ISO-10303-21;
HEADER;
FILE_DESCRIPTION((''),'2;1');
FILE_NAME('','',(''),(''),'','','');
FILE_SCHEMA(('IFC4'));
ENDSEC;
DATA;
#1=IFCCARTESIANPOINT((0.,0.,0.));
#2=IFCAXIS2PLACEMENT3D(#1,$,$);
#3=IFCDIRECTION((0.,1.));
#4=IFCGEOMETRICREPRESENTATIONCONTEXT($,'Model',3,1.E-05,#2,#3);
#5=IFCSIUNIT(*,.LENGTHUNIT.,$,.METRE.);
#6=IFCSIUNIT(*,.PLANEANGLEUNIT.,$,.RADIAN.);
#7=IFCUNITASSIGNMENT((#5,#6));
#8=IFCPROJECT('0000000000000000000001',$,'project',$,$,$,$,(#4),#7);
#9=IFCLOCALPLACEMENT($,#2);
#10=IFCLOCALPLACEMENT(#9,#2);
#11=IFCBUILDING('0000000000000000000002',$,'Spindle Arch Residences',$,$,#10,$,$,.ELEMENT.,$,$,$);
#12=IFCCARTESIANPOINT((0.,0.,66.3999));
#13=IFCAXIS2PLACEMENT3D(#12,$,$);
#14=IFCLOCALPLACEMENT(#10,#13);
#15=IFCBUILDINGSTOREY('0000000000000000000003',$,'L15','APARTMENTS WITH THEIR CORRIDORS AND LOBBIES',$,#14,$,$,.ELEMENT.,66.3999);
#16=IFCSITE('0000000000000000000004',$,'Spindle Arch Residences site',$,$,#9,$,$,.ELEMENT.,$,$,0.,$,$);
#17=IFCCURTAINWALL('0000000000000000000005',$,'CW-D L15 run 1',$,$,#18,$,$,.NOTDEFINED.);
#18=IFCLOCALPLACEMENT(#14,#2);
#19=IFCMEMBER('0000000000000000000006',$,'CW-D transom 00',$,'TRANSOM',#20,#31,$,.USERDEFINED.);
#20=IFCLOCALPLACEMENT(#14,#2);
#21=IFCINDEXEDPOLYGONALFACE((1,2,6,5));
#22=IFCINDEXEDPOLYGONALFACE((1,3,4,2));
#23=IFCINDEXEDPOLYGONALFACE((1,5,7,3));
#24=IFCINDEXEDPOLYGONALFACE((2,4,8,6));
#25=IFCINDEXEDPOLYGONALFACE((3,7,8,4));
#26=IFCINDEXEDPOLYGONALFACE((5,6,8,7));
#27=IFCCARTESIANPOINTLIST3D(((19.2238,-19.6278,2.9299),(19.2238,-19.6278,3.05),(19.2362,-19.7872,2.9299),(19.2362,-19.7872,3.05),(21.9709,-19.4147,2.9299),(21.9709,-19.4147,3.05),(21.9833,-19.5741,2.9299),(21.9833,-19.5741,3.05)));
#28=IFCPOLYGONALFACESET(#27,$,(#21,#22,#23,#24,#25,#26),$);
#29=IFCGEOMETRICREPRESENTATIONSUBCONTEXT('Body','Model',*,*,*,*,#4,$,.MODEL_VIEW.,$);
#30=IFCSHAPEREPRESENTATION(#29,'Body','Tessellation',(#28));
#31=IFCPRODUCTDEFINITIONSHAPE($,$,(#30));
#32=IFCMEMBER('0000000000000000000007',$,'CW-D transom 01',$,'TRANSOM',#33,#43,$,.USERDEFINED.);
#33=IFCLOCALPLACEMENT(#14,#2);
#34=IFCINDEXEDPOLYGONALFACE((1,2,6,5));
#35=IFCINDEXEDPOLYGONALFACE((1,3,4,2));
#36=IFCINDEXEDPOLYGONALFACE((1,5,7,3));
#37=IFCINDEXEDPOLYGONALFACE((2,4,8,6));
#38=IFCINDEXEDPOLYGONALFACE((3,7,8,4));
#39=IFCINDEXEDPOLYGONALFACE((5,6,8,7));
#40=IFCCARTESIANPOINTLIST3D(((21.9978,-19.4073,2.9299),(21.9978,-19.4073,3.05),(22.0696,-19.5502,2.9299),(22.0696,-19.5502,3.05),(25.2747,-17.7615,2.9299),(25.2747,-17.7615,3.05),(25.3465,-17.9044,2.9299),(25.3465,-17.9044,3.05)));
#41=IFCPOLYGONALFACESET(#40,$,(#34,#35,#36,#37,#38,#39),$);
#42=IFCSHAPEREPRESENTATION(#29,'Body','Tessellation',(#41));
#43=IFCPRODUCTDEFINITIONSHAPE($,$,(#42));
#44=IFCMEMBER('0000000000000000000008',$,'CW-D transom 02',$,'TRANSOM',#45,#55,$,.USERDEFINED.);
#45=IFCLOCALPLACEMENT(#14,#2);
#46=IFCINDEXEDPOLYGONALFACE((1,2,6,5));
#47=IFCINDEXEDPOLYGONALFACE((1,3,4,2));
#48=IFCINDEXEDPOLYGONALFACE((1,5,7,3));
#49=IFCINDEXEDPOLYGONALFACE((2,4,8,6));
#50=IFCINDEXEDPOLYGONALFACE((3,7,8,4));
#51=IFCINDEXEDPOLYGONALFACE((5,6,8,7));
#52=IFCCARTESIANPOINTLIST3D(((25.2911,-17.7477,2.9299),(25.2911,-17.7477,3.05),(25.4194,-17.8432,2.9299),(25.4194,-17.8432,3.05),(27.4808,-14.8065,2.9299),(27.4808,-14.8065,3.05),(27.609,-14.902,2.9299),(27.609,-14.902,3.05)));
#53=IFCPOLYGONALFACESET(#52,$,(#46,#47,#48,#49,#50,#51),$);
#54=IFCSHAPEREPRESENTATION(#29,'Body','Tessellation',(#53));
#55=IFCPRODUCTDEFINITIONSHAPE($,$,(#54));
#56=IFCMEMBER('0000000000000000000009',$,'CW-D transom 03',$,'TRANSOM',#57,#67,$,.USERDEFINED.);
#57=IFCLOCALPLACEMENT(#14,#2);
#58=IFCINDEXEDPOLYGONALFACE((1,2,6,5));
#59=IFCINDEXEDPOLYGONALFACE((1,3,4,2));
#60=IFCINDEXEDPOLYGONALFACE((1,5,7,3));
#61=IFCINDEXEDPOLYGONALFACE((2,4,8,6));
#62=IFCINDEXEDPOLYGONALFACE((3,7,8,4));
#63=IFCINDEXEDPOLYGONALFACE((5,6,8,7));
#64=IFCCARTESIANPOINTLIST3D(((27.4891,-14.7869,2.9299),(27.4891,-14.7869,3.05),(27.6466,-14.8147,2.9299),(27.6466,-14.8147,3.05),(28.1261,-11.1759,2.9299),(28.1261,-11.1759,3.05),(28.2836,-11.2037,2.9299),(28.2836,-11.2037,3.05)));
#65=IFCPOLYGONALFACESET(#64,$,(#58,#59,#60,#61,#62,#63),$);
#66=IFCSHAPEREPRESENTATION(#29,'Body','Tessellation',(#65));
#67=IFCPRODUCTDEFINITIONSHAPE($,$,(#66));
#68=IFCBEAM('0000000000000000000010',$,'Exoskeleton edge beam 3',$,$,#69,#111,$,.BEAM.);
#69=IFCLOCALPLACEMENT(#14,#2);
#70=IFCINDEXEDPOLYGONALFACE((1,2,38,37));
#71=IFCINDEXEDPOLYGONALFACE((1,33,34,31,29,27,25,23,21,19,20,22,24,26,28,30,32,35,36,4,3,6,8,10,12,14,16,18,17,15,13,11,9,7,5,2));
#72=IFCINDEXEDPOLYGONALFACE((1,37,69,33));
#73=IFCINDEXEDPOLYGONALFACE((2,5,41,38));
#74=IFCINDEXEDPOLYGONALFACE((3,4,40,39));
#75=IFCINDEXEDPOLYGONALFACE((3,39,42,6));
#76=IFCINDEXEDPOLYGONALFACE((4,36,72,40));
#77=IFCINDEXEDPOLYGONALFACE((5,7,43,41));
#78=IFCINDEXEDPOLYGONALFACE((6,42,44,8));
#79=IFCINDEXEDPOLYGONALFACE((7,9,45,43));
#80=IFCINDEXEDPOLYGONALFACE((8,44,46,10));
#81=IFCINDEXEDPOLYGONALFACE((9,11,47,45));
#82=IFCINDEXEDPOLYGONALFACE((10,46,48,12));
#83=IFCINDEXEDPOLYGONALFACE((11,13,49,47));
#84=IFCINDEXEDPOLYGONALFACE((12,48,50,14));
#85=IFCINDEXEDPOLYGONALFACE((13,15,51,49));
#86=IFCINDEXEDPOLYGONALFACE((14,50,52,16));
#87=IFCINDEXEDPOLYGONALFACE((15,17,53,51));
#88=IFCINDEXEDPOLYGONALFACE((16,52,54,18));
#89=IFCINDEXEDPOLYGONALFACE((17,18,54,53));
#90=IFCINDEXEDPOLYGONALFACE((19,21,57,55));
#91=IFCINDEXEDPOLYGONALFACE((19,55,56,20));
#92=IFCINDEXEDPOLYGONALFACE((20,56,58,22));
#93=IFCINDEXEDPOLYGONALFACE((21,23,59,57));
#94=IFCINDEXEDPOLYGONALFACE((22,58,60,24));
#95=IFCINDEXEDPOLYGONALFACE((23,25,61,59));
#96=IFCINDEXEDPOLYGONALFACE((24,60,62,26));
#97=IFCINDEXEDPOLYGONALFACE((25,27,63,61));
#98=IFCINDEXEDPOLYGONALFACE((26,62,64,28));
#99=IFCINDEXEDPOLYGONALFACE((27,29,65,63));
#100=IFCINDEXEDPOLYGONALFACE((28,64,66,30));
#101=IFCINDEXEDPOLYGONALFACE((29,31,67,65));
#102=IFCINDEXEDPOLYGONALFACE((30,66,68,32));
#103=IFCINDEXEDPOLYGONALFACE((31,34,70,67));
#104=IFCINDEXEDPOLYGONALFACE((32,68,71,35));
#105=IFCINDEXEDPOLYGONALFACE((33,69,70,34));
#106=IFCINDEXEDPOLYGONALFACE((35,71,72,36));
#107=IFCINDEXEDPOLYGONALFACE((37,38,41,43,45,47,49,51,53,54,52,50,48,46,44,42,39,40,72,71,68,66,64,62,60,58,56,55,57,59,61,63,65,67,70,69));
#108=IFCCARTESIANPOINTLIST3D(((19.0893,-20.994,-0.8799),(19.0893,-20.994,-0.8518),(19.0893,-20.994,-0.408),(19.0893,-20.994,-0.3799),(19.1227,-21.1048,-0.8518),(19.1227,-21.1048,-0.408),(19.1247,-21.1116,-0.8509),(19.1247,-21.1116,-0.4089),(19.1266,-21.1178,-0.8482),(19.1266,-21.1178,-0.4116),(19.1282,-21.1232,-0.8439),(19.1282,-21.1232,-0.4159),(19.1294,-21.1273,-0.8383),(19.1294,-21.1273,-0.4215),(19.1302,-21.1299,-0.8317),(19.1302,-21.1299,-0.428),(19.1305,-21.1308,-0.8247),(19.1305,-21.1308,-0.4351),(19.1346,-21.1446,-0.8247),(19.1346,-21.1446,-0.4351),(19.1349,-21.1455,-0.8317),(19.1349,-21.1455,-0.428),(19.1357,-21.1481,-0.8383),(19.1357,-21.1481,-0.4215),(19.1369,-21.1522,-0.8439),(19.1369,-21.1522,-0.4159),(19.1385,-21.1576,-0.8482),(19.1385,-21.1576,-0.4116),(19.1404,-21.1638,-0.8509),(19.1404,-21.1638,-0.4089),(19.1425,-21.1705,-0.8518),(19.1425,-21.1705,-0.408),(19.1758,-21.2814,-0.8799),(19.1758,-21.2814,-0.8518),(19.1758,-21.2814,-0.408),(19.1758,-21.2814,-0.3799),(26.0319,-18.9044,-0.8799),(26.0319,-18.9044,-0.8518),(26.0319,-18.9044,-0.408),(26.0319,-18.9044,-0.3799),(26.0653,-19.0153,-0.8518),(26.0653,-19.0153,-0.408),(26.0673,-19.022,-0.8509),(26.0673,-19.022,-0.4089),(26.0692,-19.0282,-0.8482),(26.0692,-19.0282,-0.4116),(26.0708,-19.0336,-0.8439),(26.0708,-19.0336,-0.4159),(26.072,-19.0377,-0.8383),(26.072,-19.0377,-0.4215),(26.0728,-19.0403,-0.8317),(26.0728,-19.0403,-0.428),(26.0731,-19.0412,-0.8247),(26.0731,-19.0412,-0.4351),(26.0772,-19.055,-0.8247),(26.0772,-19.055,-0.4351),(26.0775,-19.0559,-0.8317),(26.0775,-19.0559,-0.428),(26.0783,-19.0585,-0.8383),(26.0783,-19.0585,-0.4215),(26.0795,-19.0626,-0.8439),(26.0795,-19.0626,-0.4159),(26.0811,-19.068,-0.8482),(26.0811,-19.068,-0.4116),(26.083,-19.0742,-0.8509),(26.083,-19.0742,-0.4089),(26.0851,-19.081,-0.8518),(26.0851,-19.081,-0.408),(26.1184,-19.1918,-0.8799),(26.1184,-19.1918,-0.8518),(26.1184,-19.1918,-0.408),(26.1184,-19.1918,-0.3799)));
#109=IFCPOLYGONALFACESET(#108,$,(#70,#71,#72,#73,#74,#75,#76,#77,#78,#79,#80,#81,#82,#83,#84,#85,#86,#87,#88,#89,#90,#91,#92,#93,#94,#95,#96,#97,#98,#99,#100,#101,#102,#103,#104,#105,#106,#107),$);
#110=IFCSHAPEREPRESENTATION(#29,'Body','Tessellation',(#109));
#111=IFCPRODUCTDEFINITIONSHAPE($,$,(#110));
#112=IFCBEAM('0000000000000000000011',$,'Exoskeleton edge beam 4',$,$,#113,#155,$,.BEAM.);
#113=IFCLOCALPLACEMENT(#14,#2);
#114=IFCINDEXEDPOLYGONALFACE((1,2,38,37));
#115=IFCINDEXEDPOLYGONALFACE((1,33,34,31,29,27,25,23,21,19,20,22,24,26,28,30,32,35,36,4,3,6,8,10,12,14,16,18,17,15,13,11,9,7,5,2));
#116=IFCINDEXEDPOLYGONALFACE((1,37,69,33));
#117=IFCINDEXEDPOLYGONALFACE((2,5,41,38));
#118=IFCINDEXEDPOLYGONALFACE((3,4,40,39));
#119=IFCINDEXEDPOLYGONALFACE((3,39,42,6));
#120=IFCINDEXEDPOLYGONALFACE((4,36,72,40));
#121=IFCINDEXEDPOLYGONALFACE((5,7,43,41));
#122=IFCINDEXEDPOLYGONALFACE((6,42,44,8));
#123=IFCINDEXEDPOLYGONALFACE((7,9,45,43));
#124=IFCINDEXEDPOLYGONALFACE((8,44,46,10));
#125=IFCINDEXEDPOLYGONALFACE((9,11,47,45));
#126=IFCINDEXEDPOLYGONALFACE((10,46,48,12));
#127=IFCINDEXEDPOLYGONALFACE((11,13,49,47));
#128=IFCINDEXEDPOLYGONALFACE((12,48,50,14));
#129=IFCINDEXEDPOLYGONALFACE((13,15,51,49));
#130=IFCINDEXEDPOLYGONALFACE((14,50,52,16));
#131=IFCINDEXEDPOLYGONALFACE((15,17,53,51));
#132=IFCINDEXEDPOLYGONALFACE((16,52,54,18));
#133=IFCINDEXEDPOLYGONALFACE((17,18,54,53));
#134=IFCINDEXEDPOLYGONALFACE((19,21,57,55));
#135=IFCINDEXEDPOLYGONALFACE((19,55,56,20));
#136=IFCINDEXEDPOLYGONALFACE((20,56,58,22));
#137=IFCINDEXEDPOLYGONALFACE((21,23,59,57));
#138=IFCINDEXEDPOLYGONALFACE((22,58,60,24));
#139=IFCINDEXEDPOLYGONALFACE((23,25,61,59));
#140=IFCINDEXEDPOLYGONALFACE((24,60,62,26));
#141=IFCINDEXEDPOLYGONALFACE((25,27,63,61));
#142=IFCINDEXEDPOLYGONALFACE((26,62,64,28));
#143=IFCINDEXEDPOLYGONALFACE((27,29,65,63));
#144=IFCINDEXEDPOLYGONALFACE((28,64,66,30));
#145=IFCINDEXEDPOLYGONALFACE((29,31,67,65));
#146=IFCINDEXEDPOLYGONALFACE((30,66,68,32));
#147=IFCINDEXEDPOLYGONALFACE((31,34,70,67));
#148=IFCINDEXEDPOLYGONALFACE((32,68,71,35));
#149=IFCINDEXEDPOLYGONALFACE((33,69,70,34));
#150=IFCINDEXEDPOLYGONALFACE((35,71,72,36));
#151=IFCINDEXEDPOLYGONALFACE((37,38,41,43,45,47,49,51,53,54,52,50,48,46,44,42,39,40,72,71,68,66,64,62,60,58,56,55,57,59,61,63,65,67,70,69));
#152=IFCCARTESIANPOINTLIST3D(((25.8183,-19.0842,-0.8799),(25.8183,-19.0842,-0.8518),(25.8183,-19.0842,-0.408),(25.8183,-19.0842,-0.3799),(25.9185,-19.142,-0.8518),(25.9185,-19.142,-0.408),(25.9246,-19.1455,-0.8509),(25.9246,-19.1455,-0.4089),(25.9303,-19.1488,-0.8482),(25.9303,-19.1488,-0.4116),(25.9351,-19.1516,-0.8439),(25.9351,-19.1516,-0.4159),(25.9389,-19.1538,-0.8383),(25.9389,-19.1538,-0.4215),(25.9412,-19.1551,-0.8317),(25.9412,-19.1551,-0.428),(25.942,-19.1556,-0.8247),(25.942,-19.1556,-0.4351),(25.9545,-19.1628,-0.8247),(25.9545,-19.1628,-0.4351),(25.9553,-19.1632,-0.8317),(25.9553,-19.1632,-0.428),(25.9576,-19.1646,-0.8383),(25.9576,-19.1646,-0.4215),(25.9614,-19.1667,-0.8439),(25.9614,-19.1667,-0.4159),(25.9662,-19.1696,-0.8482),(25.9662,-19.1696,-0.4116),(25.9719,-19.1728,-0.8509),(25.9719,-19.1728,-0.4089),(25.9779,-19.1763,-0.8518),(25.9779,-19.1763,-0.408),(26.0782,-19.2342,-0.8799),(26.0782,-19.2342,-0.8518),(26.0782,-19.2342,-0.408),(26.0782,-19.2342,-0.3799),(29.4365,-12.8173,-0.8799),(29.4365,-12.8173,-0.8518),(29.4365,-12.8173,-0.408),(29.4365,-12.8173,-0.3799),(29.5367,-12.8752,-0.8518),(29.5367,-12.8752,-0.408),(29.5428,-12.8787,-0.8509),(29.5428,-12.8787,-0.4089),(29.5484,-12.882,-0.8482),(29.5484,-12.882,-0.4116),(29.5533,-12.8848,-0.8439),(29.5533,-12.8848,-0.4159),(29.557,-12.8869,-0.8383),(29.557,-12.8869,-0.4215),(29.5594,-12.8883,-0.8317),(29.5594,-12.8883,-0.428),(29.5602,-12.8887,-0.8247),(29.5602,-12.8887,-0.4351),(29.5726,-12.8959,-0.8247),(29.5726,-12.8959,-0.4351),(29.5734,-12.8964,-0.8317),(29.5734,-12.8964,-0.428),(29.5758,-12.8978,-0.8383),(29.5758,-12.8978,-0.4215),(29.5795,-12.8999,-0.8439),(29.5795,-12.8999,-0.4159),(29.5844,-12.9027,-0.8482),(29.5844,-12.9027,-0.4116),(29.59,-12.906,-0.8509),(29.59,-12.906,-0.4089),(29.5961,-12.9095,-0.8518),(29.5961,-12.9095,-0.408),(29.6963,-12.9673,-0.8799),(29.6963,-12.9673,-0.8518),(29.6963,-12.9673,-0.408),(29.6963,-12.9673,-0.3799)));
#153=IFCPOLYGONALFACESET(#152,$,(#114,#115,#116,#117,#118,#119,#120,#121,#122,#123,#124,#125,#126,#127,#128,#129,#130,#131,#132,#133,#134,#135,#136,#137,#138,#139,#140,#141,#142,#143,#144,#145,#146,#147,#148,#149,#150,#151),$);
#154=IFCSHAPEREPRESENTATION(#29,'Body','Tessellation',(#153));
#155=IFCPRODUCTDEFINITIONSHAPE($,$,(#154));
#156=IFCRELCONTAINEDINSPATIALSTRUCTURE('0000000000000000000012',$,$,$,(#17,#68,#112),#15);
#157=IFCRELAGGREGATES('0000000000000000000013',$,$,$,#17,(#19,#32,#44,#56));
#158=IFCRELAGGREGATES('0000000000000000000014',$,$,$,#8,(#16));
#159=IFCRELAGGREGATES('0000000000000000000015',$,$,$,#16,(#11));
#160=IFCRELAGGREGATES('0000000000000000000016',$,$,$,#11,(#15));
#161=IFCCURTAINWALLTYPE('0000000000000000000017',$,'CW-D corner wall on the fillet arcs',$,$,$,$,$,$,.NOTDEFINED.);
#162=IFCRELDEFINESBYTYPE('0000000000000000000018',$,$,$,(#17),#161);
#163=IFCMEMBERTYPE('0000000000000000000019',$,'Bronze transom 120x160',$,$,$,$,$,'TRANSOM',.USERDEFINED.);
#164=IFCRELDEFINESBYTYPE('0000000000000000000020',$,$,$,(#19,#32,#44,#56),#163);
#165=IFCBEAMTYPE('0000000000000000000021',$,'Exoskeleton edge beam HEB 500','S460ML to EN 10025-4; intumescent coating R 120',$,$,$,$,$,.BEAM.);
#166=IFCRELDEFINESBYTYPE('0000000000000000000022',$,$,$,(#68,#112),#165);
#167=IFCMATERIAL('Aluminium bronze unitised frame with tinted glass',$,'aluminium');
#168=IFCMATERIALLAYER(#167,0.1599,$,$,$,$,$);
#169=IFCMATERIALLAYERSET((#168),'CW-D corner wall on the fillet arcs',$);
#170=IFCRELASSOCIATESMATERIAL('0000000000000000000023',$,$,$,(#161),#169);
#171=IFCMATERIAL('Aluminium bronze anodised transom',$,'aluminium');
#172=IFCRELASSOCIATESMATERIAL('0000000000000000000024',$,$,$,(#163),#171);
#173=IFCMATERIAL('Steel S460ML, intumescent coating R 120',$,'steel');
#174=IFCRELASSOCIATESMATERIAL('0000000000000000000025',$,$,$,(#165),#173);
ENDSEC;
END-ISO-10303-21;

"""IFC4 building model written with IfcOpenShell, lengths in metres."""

from ifc_helpers import new_model, si_unit, direction, frame, origin, origin_2d, place, context, subcontext, project, spatial, rectangle, i_section, extrude, material, layer, layer_set, material_profile, profile_set, type_object, element, aggregate, save


model = new_model("IFC4")

# Units and contexts
model_context = context("Model", 3, precision=1e-05, world=origin(), true_north=direction((0.0, 1.0)))
body_context = subcontext(model_context, "Body", "Model", "MODEL_VIEW")
ifc_project = project(units=[si_unit("LENGTHUNIT", "METRE"), si_unit("PLANEANGLEUNIT", "RADIAN")], contexts=[model_context])

# Site, building, storey
site_placement = place(None, origin())
site = spatial("IfcSite", under=ifc_project, at=site_placement, Name="Spindle Arch Residences site", CompositionType="ELEMENT", RefElevation=0.0)
building_placement = place(site_placement, origin())
building = spatial("IfcBuilding", under=site, at=building_placement, Name="Spindle Arch Residences", CompositionType="ELEMENT")
storey_placement = place(building_placement, frame((0.0, 0.0, 66.3999)))
storey = spatial("IfcBuildingStorey", under=building, at=storey_placement, Name="L15", Description="APARTMENTS WITH THEIR CORRIDORS AND LOBBIES", CompositionType="ELEMENT", Elevation=66.3999)

# Curtain wall, members
ifc_material_1 = material(Name="Aluminium bronze unitised frame with tinted glass", Category="aluminium")
ifc_layer_1 = layer(ifc_material_1, 0.1599)
ifc_layer_set_1 = layer_set([ifc_layer_1], Name="CW-D corner wall on the fillet arcs")
curtain_wall_type = type_object("IfcCurtainWallType", Name="CW-D corner wall on the fillet arcs", PredefinedType="NOTDEFINED", material=ifc_layer_set_1)
curtain_wall_placement = place(storey_placement, origin())
curtain_wall = element("IfcCurtainWall", 1, at=curtain_wall_placement, inside=storey, type_object=curtain_wall_type, Name="CW-D L15 run 1", PredefinedType="NOTDEFINED")
ifc_material_2 = material(Name="Aluminium bronze anodised transom", Category="aluminium")
ifc_material_profile_1 = material_profile(ifc_material_2, rectangle(XDim=0.1599, YDim=0.1201, at=origin_2d()), Name="TR 120x160")
ifc_profile_set_1 = profile_set([ifc_material_profile_1], Name="Aluminium bronze anodised transom")
member_type_1 = type_object("IfcMemberType", Name="Bronze transom 120x160", ElementType="TRANSOM", PredefinedType="USERDEFINED", material=ifc_profile_set_1)
member_1_placement = place(storey_placement, frame((19.23, -19.7075, 2.99), z_axis=(0.997004, 0.077354, 0.0), x_axis=(-0.077354, 0.997004, 0.0)))
member_1 = element("IfcMember", 2, at=member_1_placement, type_object=member_type_1, Name="CW-D transom 00", ObjectType="TRANSOM", PredefinedType="USERDEFINED", context=body_context, shape_type="SweptSolid", body=[
    extrude(rectangle(XDim=0.1599, YDim=0.1201, at=origin_2d()), origin(), (0.0, 0.0, 1.0), 2.7554),
])
member_2_placement = place(storey_placement, frame((22.0337, -19.4788, 2.99), z_axis=(0.893627, 0.448811, 0.0), x_axis=(-0.448811, 0.893627, 0.0)))
member_2 = element("IfcMember", 3, at=member_2_placement, type_object=member_type_1, Name="CW-D transom 01", ObjectType="TRANSOM", PredefinedType="USERDEFINED", context=body_context, shape_type="SweptSolid", body=[
    extrude(rectangle(XDim=0.1599, YDim=0.1201, at=origin_2d()), origin(), (0.0, 0.0, 1.0), 3.667),
])
member_3_placement = place(storey_placement, frame((25.3552, -17.7954, 2.99), z_axis=(0.597173, 0.802112, 0.0), x_axis=(-0.802112, 0.597173, 0.0)))
member_3 = element("IfcMember", 4, at=member_3_placement, type_object=member_type_1, Name="CW-D transom 02", ObjectType="TRANSOM", PredefinedType="USERDEFINED", context=body_context, shape_type="SweptSolid", body=[
    extrude(rectangle(XDim=0.1599, YDim=0.1201, at=origin_2d()), origin(), (0.0, 0.0, 1.0), 3.6667),
])
member_4_placement = place(storey_placement, frame((27.5679, -14.8008, 2.99), z_axis=(0.173709, 0.984797, 0.0), x_axis=(-0.984797, 0.173709, 0.0)))
member_4 = element("IfcMember", 5, at=member_4_placement, type_object=member_type_1, Name="CW-D transom 03", ObjectType="TRANSOM", PredefinedType="USERDEFINED", context=body_context, shape_type="SweptSolid", body=[
    extrude(rectangle(XDim=0.1599, YDim=0.1201, at=origin_2d()), origin(), (0.0, 0.0, 1.0), 3.6667),
])

# Beams
ifc_material_3 = material(Name="Steel S460ML, intumescent coating R 120", Category="steel")
ifc_material_profile_2 = material_profile(ifc_material_3, i_section(OverallWidth=0.3, OverallDepth=0.5, WebThickness=0.0144, FlangeThickness=0.0281, FilletRadius=0.0271, at=origin_2d()), Name="HEB 500")
ifc_profile_set_2 = profile_set([ifc_material_profile_2], Name="Steel S460ML, intumescent coating R 120")
beam_type_1 = type_object("IfcBeamType", Name="Exoskeleton edge beam HEB 500", Description="S460ML to EN 10025-4; intumescent coating R 120", PredefinedType="BEAM", material=ifc_profile_set_2)
beam_1_placement = place(storey_placement, frame((19.1326, -21.1377, -0.6299), z_axis=(0.957567, 0.28821, 0.0), x_axis=(-0.28821, 0.957567, 0.0)))
element("IfcBeam", 6, at=beam_1_placement, inside=storey, type_object=beam_type_1, Name="Exoskeleton edge beam 3", PredefinedType="BEAM", context=body_context, shape_type="SweptSolid", body=[
    extrude(i_section(OverallWidth=0.3, OverallDepth=0.5, WebThickness=0.0144, FlangeThickness=0.0281, FilletRadius=0.0271, at=origin_2d()), origin(), (0.0, 0.0, 1.0), 7.2502),
])
beam_2_placement = place(storey_placement, frame((25.9482, -19.1592, -0.6299), z_axis=(0.5, 0.866025, 0.0), x_axis=(-0.866025, 0.5, 0.0)))
element("IfcBeam", 7, at=beam_2_placement, inside=storey, type_object=beam_type_1, Name="Exoskeleton edge beam 4", PredefinedType="BEAM", context=body_context, shape_type="SweptSolid", body=[
    extrude(i_section(OverallWidth=0.3, OverallDepth=0.5, WebThickness=0.0144, FlangeThickness=0.0281, FilletRadius=0.0271, at=origin_2d()), origin(), (0.0, 0.0, 1.0), 7.2363),
])

aggregate(curtain_wall, [member_1, member_2, member_3, member_4])

save(model, "model.ifc")
